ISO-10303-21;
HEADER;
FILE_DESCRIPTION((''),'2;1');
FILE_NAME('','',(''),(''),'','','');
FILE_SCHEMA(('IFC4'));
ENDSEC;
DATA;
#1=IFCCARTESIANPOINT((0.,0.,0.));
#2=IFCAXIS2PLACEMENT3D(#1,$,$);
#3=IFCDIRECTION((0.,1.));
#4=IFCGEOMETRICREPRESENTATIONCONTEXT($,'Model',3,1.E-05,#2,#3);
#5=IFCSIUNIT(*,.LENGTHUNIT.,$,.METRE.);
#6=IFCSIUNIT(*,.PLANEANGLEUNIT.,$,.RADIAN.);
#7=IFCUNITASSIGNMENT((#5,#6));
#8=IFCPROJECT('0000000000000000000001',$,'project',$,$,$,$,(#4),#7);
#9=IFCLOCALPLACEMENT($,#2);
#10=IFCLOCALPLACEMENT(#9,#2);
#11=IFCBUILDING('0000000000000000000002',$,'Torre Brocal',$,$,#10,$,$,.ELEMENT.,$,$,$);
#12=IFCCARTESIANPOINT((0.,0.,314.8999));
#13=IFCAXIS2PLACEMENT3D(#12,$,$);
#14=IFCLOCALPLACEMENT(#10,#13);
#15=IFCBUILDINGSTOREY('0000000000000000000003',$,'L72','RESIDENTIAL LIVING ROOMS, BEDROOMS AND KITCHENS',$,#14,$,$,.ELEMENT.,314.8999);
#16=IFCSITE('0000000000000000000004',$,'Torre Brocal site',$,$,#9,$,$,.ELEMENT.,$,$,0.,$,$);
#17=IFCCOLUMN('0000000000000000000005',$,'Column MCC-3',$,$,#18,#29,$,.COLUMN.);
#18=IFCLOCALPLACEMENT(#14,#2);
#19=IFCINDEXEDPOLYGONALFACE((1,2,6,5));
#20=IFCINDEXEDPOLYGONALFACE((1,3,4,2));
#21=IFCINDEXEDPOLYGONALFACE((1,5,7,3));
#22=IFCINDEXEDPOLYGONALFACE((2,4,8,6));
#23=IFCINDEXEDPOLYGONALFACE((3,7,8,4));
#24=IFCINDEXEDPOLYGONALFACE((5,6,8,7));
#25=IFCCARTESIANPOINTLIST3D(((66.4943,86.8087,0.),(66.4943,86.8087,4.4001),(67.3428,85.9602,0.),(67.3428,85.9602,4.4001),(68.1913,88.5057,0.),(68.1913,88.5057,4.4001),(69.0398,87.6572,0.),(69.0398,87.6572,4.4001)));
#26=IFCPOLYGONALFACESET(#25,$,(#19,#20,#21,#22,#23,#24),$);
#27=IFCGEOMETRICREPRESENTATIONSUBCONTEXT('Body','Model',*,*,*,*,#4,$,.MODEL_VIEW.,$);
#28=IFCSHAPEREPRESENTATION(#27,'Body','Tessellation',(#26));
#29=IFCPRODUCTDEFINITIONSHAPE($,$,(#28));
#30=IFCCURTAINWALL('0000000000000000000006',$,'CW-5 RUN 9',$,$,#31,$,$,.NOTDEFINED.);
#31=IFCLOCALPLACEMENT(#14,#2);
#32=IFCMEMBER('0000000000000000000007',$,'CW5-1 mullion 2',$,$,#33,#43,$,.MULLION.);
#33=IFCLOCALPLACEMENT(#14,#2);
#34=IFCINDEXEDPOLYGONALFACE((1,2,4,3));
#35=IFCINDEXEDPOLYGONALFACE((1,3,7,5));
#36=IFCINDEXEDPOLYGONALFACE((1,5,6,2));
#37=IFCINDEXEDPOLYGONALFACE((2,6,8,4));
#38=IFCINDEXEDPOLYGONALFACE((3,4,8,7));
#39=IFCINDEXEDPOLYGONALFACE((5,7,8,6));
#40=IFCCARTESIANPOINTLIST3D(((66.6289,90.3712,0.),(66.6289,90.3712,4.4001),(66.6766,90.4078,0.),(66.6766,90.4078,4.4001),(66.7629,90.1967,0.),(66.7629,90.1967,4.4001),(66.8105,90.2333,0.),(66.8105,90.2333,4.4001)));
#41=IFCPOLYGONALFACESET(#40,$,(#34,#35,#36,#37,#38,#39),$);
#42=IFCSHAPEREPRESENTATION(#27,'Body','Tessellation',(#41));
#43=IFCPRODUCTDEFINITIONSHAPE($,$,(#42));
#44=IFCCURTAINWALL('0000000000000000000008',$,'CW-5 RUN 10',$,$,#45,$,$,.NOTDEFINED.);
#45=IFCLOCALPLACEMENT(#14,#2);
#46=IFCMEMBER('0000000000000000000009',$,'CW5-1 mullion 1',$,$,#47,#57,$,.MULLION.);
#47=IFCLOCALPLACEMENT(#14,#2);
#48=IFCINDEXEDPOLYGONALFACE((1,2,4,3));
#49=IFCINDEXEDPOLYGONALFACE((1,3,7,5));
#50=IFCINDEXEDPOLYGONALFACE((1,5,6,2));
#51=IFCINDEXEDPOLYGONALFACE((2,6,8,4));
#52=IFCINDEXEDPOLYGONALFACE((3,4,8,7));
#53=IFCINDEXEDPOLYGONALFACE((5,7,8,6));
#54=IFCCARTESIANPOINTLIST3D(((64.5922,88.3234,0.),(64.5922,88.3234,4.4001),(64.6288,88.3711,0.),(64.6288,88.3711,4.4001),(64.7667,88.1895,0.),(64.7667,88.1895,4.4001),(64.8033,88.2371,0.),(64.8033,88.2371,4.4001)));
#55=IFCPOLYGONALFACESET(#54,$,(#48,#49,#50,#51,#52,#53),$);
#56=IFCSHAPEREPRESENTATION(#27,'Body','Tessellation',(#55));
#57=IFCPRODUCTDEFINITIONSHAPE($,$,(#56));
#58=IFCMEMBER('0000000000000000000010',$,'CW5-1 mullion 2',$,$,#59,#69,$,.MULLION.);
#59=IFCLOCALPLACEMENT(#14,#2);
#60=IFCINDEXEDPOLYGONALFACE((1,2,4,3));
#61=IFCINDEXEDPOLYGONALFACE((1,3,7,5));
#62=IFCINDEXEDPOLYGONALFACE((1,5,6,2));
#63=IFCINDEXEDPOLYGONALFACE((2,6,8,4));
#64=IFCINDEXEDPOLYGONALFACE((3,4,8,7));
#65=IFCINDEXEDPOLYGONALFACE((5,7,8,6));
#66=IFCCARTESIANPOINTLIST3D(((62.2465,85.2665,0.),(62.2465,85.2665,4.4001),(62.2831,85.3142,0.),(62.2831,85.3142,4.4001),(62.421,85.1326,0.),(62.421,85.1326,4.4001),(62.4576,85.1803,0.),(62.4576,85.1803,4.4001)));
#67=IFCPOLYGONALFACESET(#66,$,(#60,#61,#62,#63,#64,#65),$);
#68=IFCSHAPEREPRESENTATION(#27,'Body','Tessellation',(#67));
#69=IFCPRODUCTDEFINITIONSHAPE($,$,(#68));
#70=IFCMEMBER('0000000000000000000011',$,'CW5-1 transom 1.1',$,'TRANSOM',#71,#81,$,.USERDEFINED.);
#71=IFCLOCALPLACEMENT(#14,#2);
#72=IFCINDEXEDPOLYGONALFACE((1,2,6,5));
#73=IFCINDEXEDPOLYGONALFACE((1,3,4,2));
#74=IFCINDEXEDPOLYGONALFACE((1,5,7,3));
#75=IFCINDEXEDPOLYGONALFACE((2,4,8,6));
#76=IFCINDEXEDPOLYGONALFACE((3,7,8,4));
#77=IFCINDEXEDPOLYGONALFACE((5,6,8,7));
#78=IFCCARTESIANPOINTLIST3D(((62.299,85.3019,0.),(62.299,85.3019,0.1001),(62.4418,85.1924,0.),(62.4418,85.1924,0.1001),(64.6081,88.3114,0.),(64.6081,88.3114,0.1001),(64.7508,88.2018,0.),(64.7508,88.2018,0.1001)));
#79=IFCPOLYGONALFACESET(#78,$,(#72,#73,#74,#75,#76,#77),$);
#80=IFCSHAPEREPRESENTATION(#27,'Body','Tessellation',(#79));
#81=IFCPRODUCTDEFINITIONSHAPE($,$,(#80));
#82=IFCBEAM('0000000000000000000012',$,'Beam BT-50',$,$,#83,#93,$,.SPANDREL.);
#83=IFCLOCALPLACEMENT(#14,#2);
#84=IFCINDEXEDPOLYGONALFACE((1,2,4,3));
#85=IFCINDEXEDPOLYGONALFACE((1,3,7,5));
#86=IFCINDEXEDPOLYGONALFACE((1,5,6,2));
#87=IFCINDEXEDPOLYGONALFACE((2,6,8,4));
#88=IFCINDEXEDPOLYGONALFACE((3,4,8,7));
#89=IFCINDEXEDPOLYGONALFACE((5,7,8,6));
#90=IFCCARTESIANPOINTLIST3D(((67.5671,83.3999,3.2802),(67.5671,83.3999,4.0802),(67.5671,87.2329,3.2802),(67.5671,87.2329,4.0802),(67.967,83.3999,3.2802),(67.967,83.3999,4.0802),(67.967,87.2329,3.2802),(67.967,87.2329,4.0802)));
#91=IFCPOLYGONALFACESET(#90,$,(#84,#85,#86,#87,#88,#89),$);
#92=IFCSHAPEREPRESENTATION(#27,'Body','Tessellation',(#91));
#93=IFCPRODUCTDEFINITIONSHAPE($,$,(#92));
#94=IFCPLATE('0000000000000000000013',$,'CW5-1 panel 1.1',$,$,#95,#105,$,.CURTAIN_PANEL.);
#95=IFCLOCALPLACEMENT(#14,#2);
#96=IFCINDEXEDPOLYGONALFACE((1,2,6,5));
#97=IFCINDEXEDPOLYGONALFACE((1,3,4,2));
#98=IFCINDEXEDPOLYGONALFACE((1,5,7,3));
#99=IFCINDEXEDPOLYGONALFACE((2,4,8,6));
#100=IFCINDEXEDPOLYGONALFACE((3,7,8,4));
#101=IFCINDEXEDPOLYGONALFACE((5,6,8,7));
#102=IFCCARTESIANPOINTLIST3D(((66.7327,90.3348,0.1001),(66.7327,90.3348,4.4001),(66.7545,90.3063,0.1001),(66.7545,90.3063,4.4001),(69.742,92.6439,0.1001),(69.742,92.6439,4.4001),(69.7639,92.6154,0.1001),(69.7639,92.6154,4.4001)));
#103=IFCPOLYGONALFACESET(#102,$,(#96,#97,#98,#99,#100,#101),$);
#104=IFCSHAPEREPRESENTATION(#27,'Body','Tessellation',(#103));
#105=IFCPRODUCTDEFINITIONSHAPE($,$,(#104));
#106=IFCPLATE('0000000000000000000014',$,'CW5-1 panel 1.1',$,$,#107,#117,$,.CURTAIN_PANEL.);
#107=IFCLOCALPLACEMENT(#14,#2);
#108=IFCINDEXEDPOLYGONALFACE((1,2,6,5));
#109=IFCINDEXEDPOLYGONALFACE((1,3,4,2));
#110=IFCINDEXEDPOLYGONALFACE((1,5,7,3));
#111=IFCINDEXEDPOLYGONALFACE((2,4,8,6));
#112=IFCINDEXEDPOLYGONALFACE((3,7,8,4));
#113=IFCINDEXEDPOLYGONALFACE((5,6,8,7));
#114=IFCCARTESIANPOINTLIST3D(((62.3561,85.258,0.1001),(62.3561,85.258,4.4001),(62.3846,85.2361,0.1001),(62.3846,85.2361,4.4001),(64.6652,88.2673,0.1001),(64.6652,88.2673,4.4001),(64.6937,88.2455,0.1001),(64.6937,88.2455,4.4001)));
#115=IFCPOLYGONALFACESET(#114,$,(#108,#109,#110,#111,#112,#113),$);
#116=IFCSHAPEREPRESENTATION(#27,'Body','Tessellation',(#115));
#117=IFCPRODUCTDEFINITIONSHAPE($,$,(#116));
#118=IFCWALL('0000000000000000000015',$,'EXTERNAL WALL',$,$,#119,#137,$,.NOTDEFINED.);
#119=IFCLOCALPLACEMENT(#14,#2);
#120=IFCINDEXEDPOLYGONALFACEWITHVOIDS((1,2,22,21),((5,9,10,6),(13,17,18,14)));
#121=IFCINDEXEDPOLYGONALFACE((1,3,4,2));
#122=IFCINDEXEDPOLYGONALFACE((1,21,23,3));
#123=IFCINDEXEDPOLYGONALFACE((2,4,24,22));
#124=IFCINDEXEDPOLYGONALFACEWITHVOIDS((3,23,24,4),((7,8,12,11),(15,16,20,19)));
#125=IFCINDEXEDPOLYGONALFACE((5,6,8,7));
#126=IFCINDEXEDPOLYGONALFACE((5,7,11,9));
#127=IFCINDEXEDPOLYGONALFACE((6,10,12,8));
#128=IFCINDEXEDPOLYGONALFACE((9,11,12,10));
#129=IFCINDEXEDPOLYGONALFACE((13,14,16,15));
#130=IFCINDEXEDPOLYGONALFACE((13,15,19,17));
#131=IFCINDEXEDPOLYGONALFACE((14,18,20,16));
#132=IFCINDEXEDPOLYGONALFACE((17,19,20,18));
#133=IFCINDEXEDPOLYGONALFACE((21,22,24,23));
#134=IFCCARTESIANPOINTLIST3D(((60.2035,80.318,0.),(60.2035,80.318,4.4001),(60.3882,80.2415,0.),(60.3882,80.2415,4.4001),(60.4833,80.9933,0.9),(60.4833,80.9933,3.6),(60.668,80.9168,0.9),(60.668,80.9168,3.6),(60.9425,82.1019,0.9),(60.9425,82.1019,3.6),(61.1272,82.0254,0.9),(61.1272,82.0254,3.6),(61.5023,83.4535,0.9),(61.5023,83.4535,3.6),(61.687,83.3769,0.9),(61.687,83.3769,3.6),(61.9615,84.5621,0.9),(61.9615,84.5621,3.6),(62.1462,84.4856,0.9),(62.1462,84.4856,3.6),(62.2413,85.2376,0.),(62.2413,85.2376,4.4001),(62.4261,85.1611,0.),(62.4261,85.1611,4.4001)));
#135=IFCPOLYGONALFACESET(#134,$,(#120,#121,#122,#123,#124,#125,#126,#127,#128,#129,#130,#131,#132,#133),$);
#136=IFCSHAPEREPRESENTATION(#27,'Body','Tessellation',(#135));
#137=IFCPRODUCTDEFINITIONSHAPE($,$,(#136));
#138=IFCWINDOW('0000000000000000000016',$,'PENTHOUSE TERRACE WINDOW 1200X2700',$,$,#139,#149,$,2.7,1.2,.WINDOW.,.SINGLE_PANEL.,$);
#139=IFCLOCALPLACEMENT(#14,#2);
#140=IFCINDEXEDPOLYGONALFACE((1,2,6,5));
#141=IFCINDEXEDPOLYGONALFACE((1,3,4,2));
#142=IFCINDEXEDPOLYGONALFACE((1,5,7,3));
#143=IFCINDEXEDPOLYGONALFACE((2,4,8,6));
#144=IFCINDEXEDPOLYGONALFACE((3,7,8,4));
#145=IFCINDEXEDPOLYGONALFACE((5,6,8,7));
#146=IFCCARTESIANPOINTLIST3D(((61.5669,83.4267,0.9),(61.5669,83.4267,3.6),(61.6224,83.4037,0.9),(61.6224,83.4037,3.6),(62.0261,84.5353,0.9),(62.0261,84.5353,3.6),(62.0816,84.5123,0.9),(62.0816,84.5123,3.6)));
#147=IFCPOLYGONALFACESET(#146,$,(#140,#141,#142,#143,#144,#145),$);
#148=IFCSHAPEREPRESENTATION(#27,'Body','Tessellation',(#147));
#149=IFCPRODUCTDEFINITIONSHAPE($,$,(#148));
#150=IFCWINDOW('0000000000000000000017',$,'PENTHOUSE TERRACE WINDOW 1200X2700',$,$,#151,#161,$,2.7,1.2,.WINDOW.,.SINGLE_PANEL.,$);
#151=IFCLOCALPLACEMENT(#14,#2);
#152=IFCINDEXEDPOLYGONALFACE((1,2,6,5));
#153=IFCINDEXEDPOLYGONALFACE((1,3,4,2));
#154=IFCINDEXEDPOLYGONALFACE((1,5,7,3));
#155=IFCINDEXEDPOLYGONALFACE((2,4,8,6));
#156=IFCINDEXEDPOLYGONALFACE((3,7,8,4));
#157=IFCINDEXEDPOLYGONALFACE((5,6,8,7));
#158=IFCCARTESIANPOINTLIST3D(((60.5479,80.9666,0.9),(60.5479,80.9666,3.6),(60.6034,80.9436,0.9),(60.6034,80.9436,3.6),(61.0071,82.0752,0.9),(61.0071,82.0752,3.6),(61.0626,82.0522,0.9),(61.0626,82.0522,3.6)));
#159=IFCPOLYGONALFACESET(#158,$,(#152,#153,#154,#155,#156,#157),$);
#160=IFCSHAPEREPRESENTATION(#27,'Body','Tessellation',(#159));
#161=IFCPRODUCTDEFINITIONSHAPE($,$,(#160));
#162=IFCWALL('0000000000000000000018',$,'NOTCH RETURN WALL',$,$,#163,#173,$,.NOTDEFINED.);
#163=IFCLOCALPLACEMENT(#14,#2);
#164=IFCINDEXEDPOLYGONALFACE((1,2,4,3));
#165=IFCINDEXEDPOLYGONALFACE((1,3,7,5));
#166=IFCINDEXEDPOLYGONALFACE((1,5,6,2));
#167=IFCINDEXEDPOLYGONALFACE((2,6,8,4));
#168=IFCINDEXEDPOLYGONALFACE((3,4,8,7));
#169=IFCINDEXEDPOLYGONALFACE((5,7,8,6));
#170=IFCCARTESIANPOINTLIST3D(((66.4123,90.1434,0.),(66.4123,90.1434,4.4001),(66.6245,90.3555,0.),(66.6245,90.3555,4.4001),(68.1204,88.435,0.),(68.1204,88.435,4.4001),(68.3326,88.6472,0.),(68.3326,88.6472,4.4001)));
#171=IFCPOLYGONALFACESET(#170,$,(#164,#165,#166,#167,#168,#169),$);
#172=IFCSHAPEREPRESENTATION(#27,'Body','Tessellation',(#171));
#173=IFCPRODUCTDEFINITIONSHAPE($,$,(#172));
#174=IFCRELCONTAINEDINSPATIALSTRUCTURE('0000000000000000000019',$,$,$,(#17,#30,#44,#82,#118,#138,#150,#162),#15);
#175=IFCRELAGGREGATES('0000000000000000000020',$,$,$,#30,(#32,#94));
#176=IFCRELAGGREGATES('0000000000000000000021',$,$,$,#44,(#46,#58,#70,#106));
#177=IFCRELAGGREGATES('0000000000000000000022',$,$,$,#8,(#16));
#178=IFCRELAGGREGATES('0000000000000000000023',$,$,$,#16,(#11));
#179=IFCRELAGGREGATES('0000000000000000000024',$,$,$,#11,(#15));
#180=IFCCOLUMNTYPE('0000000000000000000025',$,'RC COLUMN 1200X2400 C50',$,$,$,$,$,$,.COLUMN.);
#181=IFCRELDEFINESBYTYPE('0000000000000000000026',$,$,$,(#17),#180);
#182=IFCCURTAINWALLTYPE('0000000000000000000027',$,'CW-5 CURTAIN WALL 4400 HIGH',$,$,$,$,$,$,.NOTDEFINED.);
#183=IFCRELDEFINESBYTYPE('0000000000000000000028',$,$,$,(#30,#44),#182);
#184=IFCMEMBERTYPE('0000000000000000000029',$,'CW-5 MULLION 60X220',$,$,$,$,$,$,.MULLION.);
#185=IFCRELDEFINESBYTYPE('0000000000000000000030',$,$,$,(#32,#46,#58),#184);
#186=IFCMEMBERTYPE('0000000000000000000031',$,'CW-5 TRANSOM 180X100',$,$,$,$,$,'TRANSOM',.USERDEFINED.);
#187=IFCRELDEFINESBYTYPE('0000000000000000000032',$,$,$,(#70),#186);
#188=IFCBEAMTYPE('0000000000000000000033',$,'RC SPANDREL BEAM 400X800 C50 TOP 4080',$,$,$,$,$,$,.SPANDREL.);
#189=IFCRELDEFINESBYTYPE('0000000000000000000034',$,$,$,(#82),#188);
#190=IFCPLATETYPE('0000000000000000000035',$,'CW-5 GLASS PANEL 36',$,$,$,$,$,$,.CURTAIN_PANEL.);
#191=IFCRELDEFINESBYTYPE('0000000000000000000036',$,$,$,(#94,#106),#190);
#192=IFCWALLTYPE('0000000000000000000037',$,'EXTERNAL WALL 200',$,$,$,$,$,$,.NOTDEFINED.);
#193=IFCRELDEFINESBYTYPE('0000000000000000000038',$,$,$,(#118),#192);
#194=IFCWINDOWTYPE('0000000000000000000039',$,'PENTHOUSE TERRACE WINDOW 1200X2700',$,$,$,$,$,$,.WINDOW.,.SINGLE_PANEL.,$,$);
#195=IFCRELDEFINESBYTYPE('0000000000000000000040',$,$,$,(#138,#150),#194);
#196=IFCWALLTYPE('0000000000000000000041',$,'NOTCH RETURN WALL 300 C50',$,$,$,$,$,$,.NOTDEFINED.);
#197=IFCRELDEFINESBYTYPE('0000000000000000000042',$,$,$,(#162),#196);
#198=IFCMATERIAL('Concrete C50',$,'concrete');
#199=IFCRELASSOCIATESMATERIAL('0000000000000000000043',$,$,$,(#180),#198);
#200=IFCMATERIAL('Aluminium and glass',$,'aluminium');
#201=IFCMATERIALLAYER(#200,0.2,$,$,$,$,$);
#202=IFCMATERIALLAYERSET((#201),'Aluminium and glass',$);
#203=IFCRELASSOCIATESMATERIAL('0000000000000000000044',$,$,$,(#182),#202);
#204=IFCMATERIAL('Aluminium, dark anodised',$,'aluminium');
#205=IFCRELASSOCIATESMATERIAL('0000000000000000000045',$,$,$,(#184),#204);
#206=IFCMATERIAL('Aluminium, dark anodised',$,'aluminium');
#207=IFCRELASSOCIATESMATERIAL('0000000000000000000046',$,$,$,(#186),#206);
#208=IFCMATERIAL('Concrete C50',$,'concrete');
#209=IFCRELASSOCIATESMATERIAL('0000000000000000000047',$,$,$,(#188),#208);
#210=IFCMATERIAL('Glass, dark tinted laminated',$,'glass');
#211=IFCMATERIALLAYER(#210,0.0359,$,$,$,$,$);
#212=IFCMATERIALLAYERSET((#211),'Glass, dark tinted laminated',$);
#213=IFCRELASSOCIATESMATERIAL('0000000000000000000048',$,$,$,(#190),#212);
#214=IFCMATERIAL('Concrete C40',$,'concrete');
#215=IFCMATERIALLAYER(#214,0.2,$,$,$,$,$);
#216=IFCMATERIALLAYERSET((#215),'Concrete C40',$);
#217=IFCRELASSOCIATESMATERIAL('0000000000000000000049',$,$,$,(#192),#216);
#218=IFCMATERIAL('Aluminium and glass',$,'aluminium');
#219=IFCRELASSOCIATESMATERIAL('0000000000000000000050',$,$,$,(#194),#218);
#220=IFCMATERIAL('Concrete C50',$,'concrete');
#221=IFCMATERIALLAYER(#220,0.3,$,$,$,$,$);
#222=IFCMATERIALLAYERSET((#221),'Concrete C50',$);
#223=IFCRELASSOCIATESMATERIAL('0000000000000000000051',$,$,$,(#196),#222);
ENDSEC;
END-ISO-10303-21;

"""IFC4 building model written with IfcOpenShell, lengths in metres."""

from ifc_helpers import new_model, si_unit, direction, frame, frame_2d, origin, origin_2d, place, context, subcontext, project, spatial, rectangle, extrude, material, layer, layer_set, material_profile, profile_set, type_object, element, fill, aggregate, save


model = new_model("IFC4")

# Units and contexts
model_context = context("Model", 3, precision=1e-05, world=origin(), true_north=direction((0.0, 1.0)))
body_context = subcontext(model_context, "Body", "Model", "MODEL_VIEW")
ifc_project = project(units=[si_unit("LENGTHUNIT", "METRE"), si_unit("PLANEANGLEUNIT", "RADIAN")], contexts=[model_context])

# Site, building, storey
site_placement = place(None, origin())
site = spatial("IfcSite", under=ifc_project, at=site_placement, Name="Torre Brocal site", CompositionType="ELEMENT", RefElevation=0.0)
building_placement = place(site_placement, origin())
building = spatial("IfcBuilding", under=site, at=building_placement, Name="Torre Brocal", CompositionType="ELEMENT")
storey_placement = place(building_placement, frame((0.0, 0.0, 314.8999)))
storey = spatial("IfcBuildingStorey", under=building, at=storey_placement, Name="L72", Description="RESIDENTIAL LIVING ROOMS, BEDROOMS AND KITCHENS", CompositionType="ELEMENT", Elevation=314.8999)

# Column
ifc_material_1 = material(Name="Concrete C50", Category="concrete")
ifc_material_profile_1 = material_profile(ifc_material_1, rectangle(XDim=1.2, YDim=2.3999, at=origin_2d()), Name="RC 1200X2400")
ifc_profile_set_1 = profile_set([ifc_material_profile_1], Name="Concrete C50")
column_type = type_object("IfcColumnType", Name="RC COLUMN 1200X2400 C50", PredefinedType="COLUMN", material=ifc_profile_set_1)
column_placement = place(storey_placement, frame((67.7671, 87.2329, 0.0), z_axis=(0.0, 0.0, 1.0), x_axis=(-0.707107, 0.707107, 0.0)))
element("IfcColumn", 1, at=column_placement, inside=storey, type_object=column_type, Name="Column MCC-3", PredefinedType="COLUMN", context=body_context, shape_type="SweptSolid", body=[
    extrude(rectangle(XDim=1.2, YDim=2.3999, at=origin_2d()), origin(), (0.0, 0.0, 1.0), 4.4001),
])

# Curtain wall, member
ifc_material_2 = material(Name="Aluminium and glass", Category="aluminium")
ifc_layer_1 = layer(ifc_material_2, 0.2)
ifc_layer_set_1 = layer_set([ifc_layer_1], Name="Aluminium and glass")
curtain_wall_type = type_object("IfcCurtainWallType", Name="CW-5 CURTAIN WALL 4400 HIGH", PredefinedType="NOTDEFINED", material=ifc_layer_set_1)
curtain_wall_1_placement = place(storey_placement, origin())
curtain_wall_1 = element("IfcCurtainWall", 2, at=curtain_wall_1_placement, inside=storey, type_object=curtain_wall_type, Name="CW-5 RUN 9", PredefinedType="NOTDEFINED")
ifc_material_3 = material(Name="Aluminium, dark anodised", Category="aluminium")
ifc_material_profile_2 = material_profile(ifc_material_3, rectangle(XDim=0.22, YDim=0.0601, at=origin_2d()), Name="CW-5 MULLION 60X220")
ifc_profile_set_2 = profile_set([ifc_material_profile_2], Name="Aluminium, dark anodised")
member_type_1 = type_object("IfcMemberType", Name="CW-5 MULLION 60X220", PredefinedType="MULLION", material=ifc_profile_set_2)
member_1_placement = place(storey_placement, frame((66.7197, 90.3022, 0.0), z_axis=(0.0, 0.0, 1.0), x_axis=(0.608761, -0.793353, 0.0)))
member_1 = element("IfcMember", 3, at=member_1_placement, type_object=member_type_1, Name="CW5-1 mullion 2", PredefinedType="MULLION", context=body_context, shape_type="SweptSolid", body=[
    extrude(rectangle(XDim=0.22, YDim=0.0601, at=origin_2d()), origin(), (0.0, 0.0, 1.0), 4.4001),
])

# Curtain wall, members
curtain_wall_2_placement = place(storey_placement, origin())
curtain_wall_2 = element("IfcCurtainWall", 4, at=curtain_wall_2_placement, inside=storey, type_object=curtain_wall_type, Name="CW-5 RUN 10", PredefinedType="NOTDEFINED")
member_2_placement = place(storey_placement, frame((64.6978, 88.2803, 0.0), z_axis=(0.0, 0.0, 1.0), x_axis=(0.793353, -0.608761, 0.0)))
member_2 = element("IfcMember", 5, at=member_2_placement, type_object=member_type_1, Name="CW5-1 mullion 1", PredefinedType="MULLION", context=body_context, shape_type="SweptSolid", body=[
    extrude(rectangle(XDim=0.22, YDim=0.0601, at=origin_2d()), origin(), (0.0, 0.0, 1.0), 4.4001),
])
member_3_placement = place(storey_placement, frame((62.3521, 85.2234, 0.0), z_axis=(0.0, 0.0, 1.0), x_axis=(0.793353, -0.608761, 0.0)))
member_3 = element("IfcMember", 6, at=member_3_placement, type_object=member_type_1, Name="CW5-1 mullion 2", PredefinedType="MULLION", context=body_context, shape_type="SweptSolid", body=[
    extrude(rectangle(XDim=0.22, YDim=0.0601, at=origin_2d()), origin(), (0.0, 0.0, 1.0), 4.4001),
])
ifc_material_4 = material(Name="Aluminium, dark anodised", Category="aluminium")
ifc_material_profile_3 = material_profile(ifc_material_4, rectangle(XDim=0.1799, YDim=0.1001, at=origin_2d()), Name="CW-5 TRANSOM 180X100")
ifc_profile_set_3 = profile_set([ifc_material_profile_3], Name="Aluminium, dark anodised")
member_type_2 = type_object("IfcMemberType", Name="CW-5 TRANSOM 180X100", ElementType="TRANSOM", PredefinedType="USERDEFINED", material=ifc_profile_set_3)
member_4_placement = place(storey_placement, frame((64.6794, 88.2566, 0.05), z_axis=(-0.608727, -0.793379, 0.0), x_axis=(0.793379, -0.608727, 0.0)))
member_4 = element("IfcMember", 7, at=member_4_placement, type_object=member_type_2, Name="CW5-1 transom 1.1", ObjectType="TRANSOM", PredefinedType="USERDEFINED", context=body_context, shape_type="SweptSolid", body=[
    extrude(rectangle(XDim=0.1799, YDim=0.1001, at=origin_2d()), origin(), (0.0, 0.0, 1.0), 3.7932),
])

# Beam
ifc_material_5 = material(Name="Concrete C50", Category="concrete")
ifc_material_profile_4 = material_profile(ifc_material_5, rectangle(XDim=0.3999, YDim=0.8, at=origin_2d()), Name="RC 400X800")
ifc_profile_set_4 = profile_set([ifc_material_profile_4], Name="Concrete C50")
beam_type = type_object("IfcBeamType", Name="RC SPANDREL BEAM 400X800 C50 TOP 4080", PredefinedType="SPANDREL", material=ifc_profile_set_4)
beam_placement = place(storey_placement, frame((67.7671, 87.2329, 3.6802), z_axis=(0.0, -1.0, 0.0), x_axis=(1.0, 0.0, 0.0)))
element("IfcBeam", 8, at=beam_placement, inside=storey, type_object=beam_type, Name="Beam BT-50", PredefinedType="SPANDREL", context=body_context, shape_type="SweptSolid", body=[
    extrude(rectangle(XDim=0.3999, YDim=0.8, at=origin_2d()), origin(), (0.0, 0.0, 1.0), 3.833),
])

# Plates
ifc_material_6 = material(Name="Glass, dark tinted laminated", Category="glass")
ifc_layer_2 = layer(ifc_material_6, 0.0359)
ifc_layer_set_2 = layer_set([ifc_layer_2], Name="Glass, dark tinted laminated")
plate_type = type_object("IfcPlateType", Name="CW-5 GLASS PANEL 36", PredefinedType="CURTAIN_PANEL", material=ifc_layer_set_2)
plate_1_placement = place(storey_placement, frame((68.2483, 91.4751, 0.1001), z_axis=(0.0, 0.0, 1.0), x_axis=(-0.793353, -0.608761, 0.0)))
plate_1 = element("IfcPlate", 9, at=plate_1_placement, type_object=plate_type, Name="CW5-1 panel 1.1", PredefinedType="CURTAIN_PANEL", context=body_context, shape_type="SweptSolid", body=[
    extrude(rectangle(XDim=3.7932, YDim=0.0359, at=origin_2d()), origin(), (0.0, 0.0, 1.0), 4.3),
])
aggregate(curtain_wall_1, [member_1, plate_1])
plate_2_placement = place(storey_placement, frame((63.5249, 86.7517, 0.1001), z_axis=(0.0, 0.0, 1.0), x_axis=(-0.608761, -0.793353, 0.0)))
plate_2 = element("IfcPlate", 10, at=plate_2_placement, type_object=plate_type, Name="CW5-1 panel 1.1", PredefinedType="CURTAIN_PANEL", context=body_context, shape_type="SweptSolid", body=[
    extrude(rectangle(XDim=3.7932, YDim=0.0359, at=origin_2d()), origin(), (0.0, 0.0, 1.0), 4.3),
])
aggregate(curtain_wall_2, [member_2, member_3, member_4, plate_2])

# Wall, openings, windows
ifc_material_7 = material(Name="Concrete C40", Category="concrete")
ifc_layer_3 = layer(ifc_material_7, 0.2)
ifc_layer_set_3 = layer_set([ifc_layer_3], Name="Concrete C40")
wall_type_1 = type_object("IfcWallType", Name="EXTERNAL WALL 200", PredefinedType="NOTDEFINED", material=ifc_layer_set_3)
wall_1_placement = place(storey_placement, frame((62.3337, 85.1995, 0.0), z_axis=(0.0, 0.0, 1.0), x_axis=(-0.382691, -0.923877, 0.0)))
wall_1 = element("IfcWall", 11, at=wall_1_placement, inside=storey, type_object=wall_type_1, Name="EXTERNAL WALL", PredefinedType="NOTDEFINED", context=body_context, shape_type="SweptSolid", body=[
    extrude(rectangle(XDim=5.325, YDim=0.2, at=frame_2d((2.6626, 0.0))), origin(), (0.0, 0.0, 1.0), 4.4001),
])
opening_1_placement = place(wall_1_placement, frame((0.7312, 0.0, 0.8999)))
opening_1 = element("IfcOpeningElement", 12, at=opening_1_placement, cuts=wall_1, PredefinedType="OPENING", context=body_context, shape_type="SweptSolid", body=[
    extrude(rectangle(XDim=1.2, YDim=2.7, at=frame_2d((0.6001, 1.3501))), frame((0.0, 0.1099, 0.0), z_axis=(0.0, -1.0, 0.0), x_axis=(1.0, 0.0, 0.0)), (0.0, 0.0, 1.0), 0.22),
])
opening_2_placement = place(wall_1_placement, frame((3.394, 0.0, 0.8999)))
opening_2 = element("IfcOpeningElement", 13, at=opening_2_placement, cuts=wall_1, PredefinedType="OPENING", context=body_context, shape_type="SweptSolid", body=[
    extrude(rectangle(XDim=1.2, YDim=2.7, at=frame_2d((0.6001, 1.3501))), frame((0.0, 0.1099, 0.0), z_axis=(0.0, -1.0, 0.0), x_axis=(1.0, 0.0, 0.0)), (0.0, 0.0, 1.0), 0.22),
])
ifc_material_8 = material(Name="Aluminium and glass", Category="aluminium")
window_type = type_object("IfcWindowType", Name="PENTHOUSE TERRACE WINDOW 1200X2700", PartitioningType="SINGLE_PANEL", PredefinedType="WINDOW", material=ifc_material_8)
window_1_placement = place(opening_1_placement, origin())
window_1 = element("IfcWindow", 14, at=window_1_placement, inside=storey, type_object=window_type, Name="PENTHOUSE TERRACE WINDOW 1200X2700", OverallHeight=2.7, OverallWidth=1.2, PartitioningType="SINGLE_PANEL", PredefinedType="WINDOW", context=body_context, shape_type="SweptSolid", body=[
    extrude(rectangle(XDim=1.2, YDim=2.7, at=frame_2d((0.6001, 1.3501))), frame((0.0, 0.03, 0.0), z_axis=(0.0, -1.0, 0.0), x_axis=(1.0, 0.0, 0.0)), (0.0, 0.0, 1.0), 0.0601),
])
fill(opening_1, window_1)
window_2_placement = place(opening_2_placement, origin())
window_2 = element("IfcWindow", 15, at=window_2_placement, inside=storey, type_object=window_type, Name="PENTHOUSE TERRACE WINDOW 1200X2700", OverallHeight=2.7, OverallWidth=1.2, PartitioningType="SINGLE_PANEL", PredefinedType="WINDOW", context=body_context, shape_type="SweptSolid", body=[
    extrude(rectangle(XDim=1.2, YDim=2.7, at=frame_2d((0.6001, 1.3501))), frame((0.0, 0.03, 0.0), z_axis=(0.0, -1.0, 0.0), x_axis=(1.0, 0.0, 0.0)), (0.0, 0.0, 1.0), 0.0601),
])
fill(opening_2, window_2)

# Wall
ifc_material_9 = material(Name="Concrete C50", Category="concrete")
ifc_layer_4 = layer(ifc_material_9, 0.3)
ifc_layer_set_4 = layer_set([ifc_layer_4], Name="Concrete C50")
wall_type_2 = type_object("IfcWallType", Name="NOTCH RETURN WALL 300 C50", PredefinedType="NOTDEFINED", material=ifc_layer_set_4)
for number, where, z_axis, x_axis, name in (
    (16, (68.2266, 88.541, 0.0), (0.0, 0.0, 1.0), (-0.707056, 0.707157, 0.0), "NOTCH RETURN WALL"),
):
    element("IfcWall", number, at=place(storey_placement, frame(where, z_axis=z_axis, x_axis=x_axis)), inside=storey, type_object=wall_type_2, Name=name, PredefinedType="NOTDEFINED", context=body_context, shape_type="SweptSolid", body=[
        extrude(rectangle(XDim=2.4158, YDim=0.3, at=frame_2d((1.208, 0.0))), origin(), (0.0, 0.0, 1.0), 4.4001),
    ])

save(model, "model.ifc")
